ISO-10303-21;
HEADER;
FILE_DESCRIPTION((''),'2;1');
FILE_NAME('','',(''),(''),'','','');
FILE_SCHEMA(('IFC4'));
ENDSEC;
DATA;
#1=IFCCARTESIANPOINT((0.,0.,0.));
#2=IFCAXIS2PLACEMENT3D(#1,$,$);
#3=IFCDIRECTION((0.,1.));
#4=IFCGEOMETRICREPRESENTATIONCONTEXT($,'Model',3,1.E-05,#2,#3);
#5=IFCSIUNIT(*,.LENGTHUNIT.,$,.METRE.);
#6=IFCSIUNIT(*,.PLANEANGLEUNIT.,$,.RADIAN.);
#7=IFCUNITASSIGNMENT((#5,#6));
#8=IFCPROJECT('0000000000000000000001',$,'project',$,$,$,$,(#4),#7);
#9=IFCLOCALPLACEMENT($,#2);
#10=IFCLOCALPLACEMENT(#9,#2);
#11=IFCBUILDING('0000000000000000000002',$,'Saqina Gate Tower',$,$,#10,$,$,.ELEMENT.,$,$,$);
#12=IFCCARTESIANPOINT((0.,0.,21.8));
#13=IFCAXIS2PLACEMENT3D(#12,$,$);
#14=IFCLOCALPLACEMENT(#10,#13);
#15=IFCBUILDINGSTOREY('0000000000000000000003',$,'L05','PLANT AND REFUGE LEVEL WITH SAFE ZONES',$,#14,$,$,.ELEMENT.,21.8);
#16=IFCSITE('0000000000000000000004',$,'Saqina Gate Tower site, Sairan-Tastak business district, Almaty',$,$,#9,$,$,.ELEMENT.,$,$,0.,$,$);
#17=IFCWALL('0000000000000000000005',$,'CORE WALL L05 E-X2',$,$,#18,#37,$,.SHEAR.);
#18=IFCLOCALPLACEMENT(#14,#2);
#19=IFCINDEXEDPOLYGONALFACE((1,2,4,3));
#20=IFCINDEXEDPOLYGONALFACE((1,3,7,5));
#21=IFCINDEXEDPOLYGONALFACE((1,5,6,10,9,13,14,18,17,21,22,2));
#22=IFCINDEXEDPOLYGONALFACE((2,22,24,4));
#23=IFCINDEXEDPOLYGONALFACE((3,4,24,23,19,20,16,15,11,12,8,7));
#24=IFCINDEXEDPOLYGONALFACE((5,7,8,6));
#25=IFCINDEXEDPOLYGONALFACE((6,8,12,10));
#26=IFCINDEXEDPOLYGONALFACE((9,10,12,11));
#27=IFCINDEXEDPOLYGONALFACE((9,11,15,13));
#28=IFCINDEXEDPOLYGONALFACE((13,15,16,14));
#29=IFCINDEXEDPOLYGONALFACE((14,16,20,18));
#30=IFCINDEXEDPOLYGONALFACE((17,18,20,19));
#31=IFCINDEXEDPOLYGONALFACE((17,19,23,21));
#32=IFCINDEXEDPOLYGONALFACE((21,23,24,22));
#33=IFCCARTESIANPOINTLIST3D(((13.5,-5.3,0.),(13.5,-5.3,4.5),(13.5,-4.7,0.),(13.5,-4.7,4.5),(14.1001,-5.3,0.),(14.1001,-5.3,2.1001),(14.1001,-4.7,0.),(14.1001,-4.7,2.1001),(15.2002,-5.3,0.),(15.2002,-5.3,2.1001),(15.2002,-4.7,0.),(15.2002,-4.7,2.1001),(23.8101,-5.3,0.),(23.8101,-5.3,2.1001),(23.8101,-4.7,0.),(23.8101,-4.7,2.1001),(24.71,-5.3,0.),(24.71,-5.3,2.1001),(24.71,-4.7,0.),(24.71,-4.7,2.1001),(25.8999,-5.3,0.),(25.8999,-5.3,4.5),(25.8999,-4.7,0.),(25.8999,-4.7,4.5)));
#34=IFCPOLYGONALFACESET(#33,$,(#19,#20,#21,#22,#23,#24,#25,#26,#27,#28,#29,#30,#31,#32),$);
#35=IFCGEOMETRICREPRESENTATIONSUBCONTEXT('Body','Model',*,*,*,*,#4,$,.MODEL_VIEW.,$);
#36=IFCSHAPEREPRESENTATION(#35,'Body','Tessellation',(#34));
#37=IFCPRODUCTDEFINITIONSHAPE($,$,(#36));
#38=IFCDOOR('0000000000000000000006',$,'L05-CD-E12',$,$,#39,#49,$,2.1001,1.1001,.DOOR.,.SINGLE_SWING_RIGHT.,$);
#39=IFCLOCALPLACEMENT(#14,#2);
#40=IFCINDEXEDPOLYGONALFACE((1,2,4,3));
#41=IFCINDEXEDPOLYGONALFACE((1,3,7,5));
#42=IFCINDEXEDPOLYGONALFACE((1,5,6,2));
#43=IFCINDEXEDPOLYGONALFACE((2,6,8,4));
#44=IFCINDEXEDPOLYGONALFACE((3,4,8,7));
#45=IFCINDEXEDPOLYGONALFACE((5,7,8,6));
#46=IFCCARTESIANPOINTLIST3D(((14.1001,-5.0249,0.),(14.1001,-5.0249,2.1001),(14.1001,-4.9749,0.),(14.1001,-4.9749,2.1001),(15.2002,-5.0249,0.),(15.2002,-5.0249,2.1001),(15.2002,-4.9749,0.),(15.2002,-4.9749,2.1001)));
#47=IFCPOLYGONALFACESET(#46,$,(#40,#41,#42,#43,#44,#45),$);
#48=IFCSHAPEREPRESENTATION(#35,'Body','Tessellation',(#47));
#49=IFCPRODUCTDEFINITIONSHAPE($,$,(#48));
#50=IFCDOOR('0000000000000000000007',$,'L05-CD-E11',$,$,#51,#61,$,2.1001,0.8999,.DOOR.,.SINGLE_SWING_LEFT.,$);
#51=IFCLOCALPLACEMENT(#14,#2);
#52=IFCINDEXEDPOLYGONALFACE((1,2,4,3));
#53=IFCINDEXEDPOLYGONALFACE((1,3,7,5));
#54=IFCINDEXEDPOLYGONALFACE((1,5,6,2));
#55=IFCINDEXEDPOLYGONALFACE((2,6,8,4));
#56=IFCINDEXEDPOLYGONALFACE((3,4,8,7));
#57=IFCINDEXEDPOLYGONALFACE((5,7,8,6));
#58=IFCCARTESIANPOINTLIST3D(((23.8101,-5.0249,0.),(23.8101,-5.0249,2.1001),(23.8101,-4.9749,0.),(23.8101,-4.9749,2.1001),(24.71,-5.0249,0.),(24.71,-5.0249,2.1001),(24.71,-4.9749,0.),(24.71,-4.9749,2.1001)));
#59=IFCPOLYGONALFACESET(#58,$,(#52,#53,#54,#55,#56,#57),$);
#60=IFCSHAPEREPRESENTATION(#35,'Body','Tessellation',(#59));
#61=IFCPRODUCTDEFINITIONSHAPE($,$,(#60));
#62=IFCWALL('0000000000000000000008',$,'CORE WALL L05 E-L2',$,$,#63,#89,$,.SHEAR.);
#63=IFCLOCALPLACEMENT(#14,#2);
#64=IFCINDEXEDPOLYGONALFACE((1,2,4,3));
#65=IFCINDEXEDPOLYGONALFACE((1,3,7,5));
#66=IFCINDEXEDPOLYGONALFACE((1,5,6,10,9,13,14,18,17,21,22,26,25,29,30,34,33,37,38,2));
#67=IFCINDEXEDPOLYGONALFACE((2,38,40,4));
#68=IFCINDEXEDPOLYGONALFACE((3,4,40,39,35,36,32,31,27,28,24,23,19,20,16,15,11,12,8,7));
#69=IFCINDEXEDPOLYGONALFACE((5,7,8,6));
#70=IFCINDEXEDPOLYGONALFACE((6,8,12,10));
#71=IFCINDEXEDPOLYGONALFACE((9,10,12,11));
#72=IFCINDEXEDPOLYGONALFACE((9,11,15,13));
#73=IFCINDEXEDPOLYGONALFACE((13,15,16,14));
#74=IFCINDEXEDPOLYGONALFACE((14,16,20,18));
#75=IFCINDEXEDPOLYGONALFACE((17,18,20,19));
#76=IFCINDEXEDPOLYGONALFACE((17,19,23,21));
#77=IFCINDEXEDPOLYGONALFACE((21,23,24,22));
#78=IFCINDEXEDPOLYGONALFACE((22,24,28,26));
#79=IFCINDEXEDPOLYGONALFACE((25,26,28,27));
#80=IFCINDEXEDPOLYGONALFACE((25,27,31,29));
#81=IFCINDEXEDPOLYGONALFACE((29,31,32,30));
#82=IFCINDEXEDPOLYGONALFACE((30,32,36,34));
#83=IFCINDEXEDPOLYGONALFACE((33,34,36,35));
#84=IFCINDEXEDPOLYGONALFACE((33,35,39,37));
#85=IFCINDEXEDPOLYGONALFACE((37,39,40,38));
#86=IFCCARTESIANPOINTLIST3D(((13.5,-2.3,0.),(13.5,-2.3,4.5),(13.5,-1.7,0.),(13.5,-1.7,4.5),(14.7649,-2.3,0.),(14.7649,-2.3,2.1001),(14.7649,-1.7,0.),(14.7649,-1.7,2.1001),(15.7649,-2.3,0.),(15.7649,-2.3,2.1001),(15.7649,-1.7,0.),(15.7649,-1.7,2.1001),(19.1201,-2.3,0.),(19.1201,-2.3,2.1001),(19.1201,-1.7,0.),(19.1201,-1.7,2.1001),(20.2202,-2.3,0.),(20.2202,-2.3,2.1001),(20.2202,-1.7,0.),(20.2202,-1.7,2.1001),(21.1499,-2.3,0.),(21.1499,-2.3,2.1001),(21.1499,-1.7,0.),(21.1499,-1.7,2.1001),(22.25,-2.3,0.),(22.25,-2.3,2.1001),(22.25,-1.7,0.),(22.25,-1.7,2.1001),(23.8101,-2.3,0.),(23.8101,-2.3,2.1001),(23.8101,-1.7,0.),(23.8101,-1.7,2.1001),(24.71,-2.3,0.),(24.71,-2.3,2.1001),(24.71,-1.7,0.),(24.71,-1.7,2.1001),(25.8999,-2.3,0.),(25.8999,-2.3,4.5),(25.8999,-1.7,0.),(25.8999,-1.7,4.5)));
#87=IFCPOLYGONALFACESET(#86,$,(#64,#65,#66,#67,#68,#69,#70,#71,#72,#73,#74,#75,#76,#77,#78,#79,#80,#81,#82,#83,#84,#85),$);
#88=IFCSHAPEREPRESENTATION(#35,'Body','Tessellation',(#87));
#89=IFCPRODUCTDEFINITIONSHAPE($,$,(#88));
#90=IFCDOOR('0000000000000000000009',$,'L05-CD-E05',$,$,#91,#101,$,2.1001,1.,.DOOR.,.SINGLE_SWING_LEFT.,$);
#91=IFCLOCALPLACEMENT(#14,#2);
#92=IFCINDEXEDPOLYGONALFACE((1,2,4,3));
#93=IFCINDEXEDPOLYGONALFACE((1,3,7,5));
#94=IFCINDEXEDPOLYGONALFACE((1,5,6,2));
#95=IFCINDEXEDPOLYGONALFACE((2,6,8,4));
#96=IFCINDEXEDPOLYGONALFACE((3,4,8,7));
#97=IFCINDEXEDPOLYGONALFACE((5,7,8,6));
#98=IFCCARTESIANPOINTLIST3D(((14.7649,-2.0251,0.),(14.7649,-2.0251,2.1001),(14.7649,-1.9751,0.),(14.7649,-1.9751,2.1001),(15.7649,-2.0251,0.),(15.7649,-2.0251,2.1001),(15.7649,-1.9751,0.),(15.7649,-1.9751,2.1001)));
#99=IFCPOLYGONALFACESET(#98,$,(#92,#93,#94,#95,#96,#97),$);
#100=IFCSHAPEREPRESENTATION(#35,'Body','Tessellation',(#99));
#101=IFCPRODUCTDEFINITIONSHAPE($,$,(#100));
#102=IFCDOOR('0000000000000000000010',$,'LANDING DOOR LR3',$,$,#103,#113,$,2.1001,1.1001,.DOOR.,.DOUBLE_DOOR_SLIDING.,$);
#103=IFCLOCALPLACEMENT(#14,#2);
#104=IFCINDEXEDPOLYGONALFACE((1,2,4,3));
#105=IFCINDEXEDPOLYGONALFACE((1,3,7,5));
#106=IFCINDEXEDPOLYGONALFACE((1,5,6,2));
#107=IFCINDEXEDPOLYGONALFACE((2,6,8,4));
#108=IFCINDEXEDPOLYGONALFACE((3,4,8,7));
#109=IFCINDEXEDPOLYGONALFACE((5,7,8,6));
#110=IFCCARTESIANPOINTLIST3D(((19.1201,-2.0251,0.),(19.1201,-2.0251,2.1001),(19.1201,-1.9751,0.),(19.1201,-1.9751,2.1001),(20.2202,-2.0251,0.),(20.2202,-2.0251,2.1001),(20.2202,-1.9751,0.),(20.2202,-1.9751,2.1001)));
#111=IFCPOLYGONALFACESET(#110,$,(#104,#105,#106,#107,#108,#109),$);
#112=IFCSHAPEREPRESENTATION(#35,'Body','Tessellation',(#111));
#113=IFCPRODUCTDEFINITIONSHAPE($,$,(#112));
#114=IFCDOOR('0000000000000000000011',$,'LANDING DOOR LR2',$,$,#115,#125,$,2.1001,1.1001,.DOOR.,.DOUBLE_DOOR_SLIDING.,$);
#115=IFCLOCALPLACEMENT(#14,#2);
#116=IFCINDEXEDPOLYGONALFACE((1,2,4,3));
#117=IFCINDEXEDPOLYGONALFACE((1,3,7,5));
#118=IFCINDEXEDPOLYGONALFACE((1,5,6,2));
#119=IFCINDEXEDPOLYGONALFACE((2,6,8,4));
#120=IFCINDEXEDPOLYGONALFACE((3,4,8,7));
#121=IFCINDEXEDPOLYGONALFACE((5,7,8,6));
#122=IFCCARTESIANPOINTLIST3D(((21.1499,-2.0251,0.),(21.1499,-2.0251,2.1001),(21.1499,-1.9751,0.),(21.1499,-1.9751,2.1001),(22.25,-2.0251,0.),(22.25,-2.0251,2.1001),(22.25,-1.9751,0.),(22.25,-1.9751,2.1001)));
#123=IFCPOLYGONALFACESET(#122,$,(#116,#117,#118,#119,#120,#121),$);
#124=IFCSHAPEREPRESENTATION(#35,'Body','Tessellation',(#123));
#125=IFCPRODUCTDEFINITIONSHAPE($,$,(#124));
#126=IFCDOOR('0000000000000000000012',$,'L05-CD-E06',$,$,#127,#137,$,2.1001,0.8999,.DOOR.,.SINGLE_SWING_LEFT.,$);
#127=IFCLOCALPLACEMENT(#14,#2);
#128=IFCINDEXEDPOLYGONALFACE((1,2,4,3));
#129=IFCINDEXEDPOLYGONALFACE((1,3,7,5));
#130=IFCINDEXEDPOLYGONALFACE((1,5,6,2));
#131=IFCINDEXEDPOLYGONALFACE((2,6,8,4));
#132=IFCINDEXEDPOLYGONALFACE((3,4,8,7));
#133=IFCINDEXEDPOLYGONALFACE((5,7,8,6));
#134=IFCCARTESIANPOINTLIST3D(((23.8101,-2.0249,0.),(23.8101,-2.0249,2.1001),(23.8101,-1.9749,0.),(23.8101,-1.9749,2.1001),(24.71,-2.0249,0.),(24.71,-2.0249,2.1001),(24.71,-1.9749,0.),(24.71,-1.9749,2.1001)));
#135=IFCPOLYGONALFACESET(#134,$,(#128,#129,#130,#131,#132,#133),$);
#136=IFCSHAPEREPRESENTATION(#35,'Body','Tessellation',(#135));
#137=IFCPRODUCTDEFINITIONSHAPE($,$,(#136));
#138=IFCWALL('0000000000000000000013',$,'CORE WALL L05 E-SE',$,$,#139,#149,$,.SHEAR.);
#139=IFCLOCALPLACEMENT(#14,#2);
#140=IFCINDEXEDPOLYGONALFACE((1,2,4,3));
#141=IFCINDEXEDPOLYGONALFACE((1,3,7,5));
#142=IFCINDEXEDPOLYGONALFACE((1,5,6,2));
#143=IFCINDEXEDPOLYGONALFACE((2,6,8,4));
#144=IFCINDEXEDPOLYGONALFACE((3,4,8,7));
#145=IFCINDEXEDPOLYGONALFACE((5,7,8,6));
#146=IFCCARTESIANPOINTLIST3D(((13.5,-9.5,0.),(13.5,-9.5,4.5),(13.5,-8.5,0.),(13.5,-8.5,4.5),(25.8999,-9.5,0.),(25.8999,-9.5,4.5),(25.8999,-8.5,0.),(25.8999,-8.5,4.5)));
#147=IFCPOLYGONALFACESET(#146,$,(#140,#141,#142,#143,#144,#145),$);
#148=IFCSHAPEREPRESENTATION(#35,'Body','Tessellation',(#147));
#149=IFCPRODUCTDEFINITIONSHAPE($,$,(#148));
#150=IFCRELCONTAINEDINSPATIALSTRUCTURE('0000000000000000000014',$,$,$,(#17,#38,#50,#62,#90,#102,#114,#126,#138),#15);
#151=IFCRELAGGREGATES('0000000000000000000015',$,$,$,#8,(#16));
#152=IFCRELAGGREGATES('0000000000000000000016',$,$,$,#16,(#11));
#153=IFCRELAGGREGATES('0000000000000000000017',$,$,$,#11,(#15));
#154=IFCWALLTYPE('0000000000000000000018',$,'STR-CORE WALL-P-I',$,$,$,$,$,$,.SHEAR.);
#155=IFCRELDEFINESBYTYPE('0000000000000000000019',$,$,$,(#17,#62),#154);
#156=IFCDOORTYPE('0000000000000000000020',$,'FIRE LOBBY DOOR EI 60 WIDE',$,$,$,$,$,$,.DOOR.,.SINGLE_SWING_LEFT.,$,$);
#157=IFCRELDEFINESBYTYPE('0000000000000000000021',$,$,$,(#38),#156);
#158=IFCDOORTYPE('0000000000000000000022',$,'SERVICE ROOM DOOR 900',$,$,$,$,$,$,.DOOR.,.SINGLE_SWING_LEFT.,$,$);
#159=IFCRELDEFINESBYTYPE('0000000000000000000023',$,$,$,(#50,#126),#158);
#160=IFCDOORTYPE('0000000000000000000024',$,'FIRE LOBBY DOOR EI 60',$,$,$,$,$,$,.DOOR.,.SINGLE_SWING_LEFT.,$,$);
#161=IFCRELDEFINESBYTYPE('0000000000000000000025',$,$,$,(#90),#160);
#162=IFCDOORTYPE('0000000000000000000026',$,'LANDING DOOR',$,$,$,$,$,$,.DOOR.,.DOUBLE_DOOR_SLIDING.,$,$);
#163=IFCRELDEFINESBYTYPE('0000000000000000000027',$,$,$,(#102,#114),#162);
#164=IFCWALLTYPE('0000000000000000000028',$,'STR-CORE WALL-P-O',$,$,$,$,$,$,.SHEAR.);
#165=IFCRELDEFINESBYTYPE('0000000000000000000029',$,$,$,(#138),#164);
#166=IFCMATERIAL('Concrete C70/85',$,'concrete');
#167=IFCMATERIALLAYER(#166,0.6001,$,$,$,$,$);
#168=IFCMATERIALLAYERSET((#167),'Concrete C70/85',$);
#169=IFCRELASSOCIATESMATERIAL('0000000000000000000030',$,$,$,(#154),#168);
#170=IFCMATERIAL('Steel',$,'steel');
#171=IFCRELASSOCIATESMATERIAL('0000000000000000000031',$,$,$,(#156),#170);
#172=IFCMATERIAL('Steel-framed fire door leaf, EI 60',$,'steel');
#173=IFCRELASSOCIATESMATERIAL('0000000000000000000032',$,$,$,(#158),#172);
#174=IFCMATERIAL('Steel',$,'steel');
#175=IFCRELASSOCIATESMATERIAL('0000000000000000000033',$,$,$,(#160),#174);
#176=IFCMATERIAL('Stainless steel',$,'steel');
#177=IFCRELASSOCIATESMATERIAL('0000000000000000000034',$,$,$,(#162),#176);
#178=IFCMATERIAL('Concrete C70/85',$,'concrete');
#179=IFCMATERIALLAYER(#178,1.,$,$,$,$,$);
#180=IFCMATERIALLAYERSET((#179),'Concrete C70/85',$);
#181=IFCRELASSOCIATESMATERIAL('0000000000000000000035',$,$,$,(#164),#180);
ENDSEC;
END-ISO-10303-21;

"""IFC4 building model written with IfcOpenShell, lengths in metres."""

from ifc_helpers import new_model, si_unit, direction, frame, frame_2d, origin, place, context, subcontext, project, spatial, rectangle, extrude, material, layer, layer_set, type_object, element, fill, save


model = new_model("IFC4")

# Units and contexts
model_context = context("Model", 3, precision=1e-05, world=origin(), true_north=direction((0.0, 1.0)))
body_context = subcontext(model_context, "Body", "Model", "MODEL_VIEW")
ifc_project = project(units=[si_unit("LENGTHUNIT", "METRE"), si_unit("PLANEANGLEUNIT", "RADIAN")], contexts=[model_context])

# Site, building, storey
site_placement = place(None, origin())
site = spatial("IfcSite", under=ifc_project, at=site_placement, Name="Saqina Gate Tower site, Sairan-Tastak business district, Almaty", CompositionType="ELEMENT", RefElevation=0.0)
building_placement = place(site_placement, origin())
building = spatial("IfcBuilding", under=site, at=building_placement, Name="Saqina Gate Tower", CompositionType="ELEMENT")
storey_placement = place(building_placement, frame((0.0, 0.0, 21.8)))
storey = spatial("IfcBuildingStorey", under=building, at=storey_placement, Name="L05", Description="PLANT AND REFUGE LEVEL WITH SAFE ZONES", CompositionType="ELEMENT", Elevation=21.8)

# Walls, openings, doors
ifc_material_1 = material(Name="Concrete C70/85", Category="concrete")
ifc_layer_1 = layer(ifc_material_1, 0.6001)
ifc_layer_set_1 = layer_set([ifc_layer_1], Name="Concrete C70/85")
wall_type_1 = type_object("IfcWallType", Name="STR-CORE WALL-P-I", PredefinedType="SHEAR", material=ifc_layer_set_1)
wall_1_placement = place(storey_placement, frame((13.5, -5.0, 0.0), z_axis=(0.0, 0.0, 1.0), x_axis=(1.0, 0.0, 0.0)))
wall_1 = element("IfcWall", 1, at=wall_1_placement, inside=storey, type_object=wall_type_1, Name="CORE WALL L05 E-X2", PredefinedType="SHEAR", context=body_context, shape_type="SweptSolid", body=[
    extrude(rectangle(XDim=12.3999, YDim=0.6001, at=frame_2d((6.2, 0.0))), origin(), (0.0, 0.0, 1.0), 4.5),
])
opening_1_placement = place(wall_1_placement, frame((10.3101, 0.0, 0.0)))
opening_1 = element("IfcOpeningElement", 2, at=opening_1_placement, cuts=wall_1, PredefinedType="OPENING", context=body_context, shape_type="SweptSolid", body=[
    extrude(rectangle(XDim=0.8999, YDim=2.1001, at=frame_2d((0.45, 1.05))), frame((0.0, 0.312, 0.0), z_axis=(0.0, -1.0, 0.0), x_axis=(1.0, 0.0, 0.0)), (0.0, 0.0, 1.0), 0.624),
])
opening_2_placement = place(wall_1_placement, frame((0.6001, 0.0, 0.0)))
opening_2 = element("IfcOpeningElement", 3, at=opening_2_placement, cuts=wall_1, PredefinedType="OPENING", context=body_context, shape_type="SweptSolid", body=[
    extrude(rectangle(XDim=1.1001, YDim=2.1001, at=frame_2d((0.55, 1.05))), frame((0.0, 0.312, 0.0), z_axis=(0.0, -1.0, 0.0), x_axis=(1.0, 0.0, 0.0)), (0.0, 0.0, 1.0), 0.624),
])
ifc_material_2 = material(Name="Steel", Category="steel")
door_type_1 = type_object("IfcDoorType", Name="FIRE LOBBY DOOR EI 60 WIDE", OperationType="SINGLE_SWING_LEFT", PredefinedType="DOOR", material=ifc_material_2)
door_1_placement = place(opening_2_placement, frame((1.1001, 0.0, 0.0), z_axis=(0.0, 0.0, 1.0), x_axis=(-1.0, 0.0, 0.0)))
door_1 = element("IfcDoor", 4, at=door_1_placement, inside=storey, type_object=door_type_1, Name="L05-CD-E12", OperationType="SINGLE_SWING_RIGHT", OverallHeight=2.1001, OverallWidth=1.1001, PredefinedType="DOOR", context=body_context, shape_type="SweptSolid", body=[
    extrude(rectangle(XDim=1.1001, YDim=2.1001, at=frame_2d((0.55, 1.05))), frame((0.0, 0.0249, 0.0), z_axis=(0.0, -1.0, 0.0), x_axis=(1.0, 0.0, 0.0)), (0.0, 0.0, 1.0), 0.05),
])
fill(opening_2, door_1)
ifc_material_3 = material(Name="Steel-framed fire door leaf, EI 60", Category="steel")
door_type_2 = type_object("IfcDoorType", Name="SERVICE ROOM DOOR 900", OperationType="SINGLE_SWING_LEFT", PredefinedType="DOOR", material=ifc_material_3)
door_2_placement = place(opening_1_placement, frame((0.8999, 0.0, 0.0), z_axis=(0.0, 0.0, 1.0), x_axis=(-1.0, 0.0, 0.0)))
door_2 = element("IfcDoor", 5, at=door_2_placement, inside=storey, type_object=door_type_2, Name="L05-CD-E11", OperationType="SINGLE_SWING_LEFT", OverallHeight=2.1001, OverallWidth=0.8999, PredefinedType="DOOR", context=body_context, shape_type="SweptSolid", body=[
    extrude(rectangle(XDim=0.8999, YDim=2.1001, at=frame_2d((0.45, 1.05))), frame((0.0, 0.0249, 0.0), z_axis=(0.0, -1.0, 0.0), x_axis=(1.0, 0.0, 0.0)), (0.0, 0.0, 1.0), 0.05),
])
fill(opening_1, door_2)
wall_2_placement = place(storey_placement, frame((13.5, -2.0, 0.0), z_axis=(0.0, 0.0, 1.0), x_axis=(1.0, 0.0, 0.0)))
wall_2 = element("IfcWall", 6, at=wall_2_placement, inside=storey, type_object=wall_type_1, Name="CORE WALL L05 E-L2", PredefinedType="SHEAR", context=body_context, shape_type="SweptSolid", body=[
    extrude(rectangle(XDim=12.3999, YDim=0.6001, at=frame_2d((6.2, 0.0))), origin(), (0.0, 0.0, 1.0), 4.5),
])
opening_3_placement = place(wall_2_placement, frame((5.6201, 0.0, 0.0)))
opening_3 = element("IfcOpeningElement", 7, at=opening_3_placement, cuts=wall_2, PredefinedType="OPENING", context=body_context, shape_type="SweptSolid", body=[
    extrude(rectangle(XDim=1.1001, YDim=2.1001, at=frame_2d((0.55, 1.05))), frame((0.0, 0.312, 0.0), z_axis=(0.0, -1.0, 0.0), x_axis=(1.0, 0.0, 0.0)), (0.0, 0.0, 1.0), 0.624),
])
opening_4_placement = place(wall_2_placement, frame((7.6499, 0.0, 0.0)))
opening_4 = element("IfcOpeningElement", 8, at=opening_4_placement, cuts=wall_2, PredefinedType="OPENING", context=body_context, shape_type="SweptSolid", body=[
    extrude(rectangle(XDim=1.1001, YDim=2.1001, at=frame_2d((0.55, 1.05))), frame((0.0, 0.312, 0.0), z_axis=(0.0, -1.0, 0.0), x_axis=(1.0, 0.0, 0.0)), (0.0, 0.0, 1.0), 0.624),
])
opening_5_placement = place(wall_2_placement, frame((1.2649, 0.0, 0.0)))
opening_5 = element("IfcOpeningElement", 9, at=opening_5_placement, cuts=wall_2, PredefinedType="OPENING", context=body_context, shape_type="SweptSolid", body=[
    extrude(rectangle(XDim=1.0, YDim=2.1001, at=frame_2d((0.5, 1.05))), frame((0.0, 0.312, 0.0), z_axis=(0.0, -1.0, 0.0), x_axis=(1.0, 0.0, 0.0)), (0.0, 0.0, 1.0), 0.624),
])
opening_6_placement = place(wall_2_placement, frame((10.3101, 0.0, 0.0)))
opening_6 = element("IfcOpeningElement", 10, at=opening_6_placement, cuts=wall_2, PredefinedType="OPENING", context=body_context, shape_type="SweptSolid", body=[
    extrude(rectangle(XDim=0.8999, YDim=2.1001, at=frame_2d((0.45, 1.05))), frame((0.0, 0.312, 0.0), z_axis=(0.0, -1.0, 0.0), x_axis=(1.0, 0.0, 0.0)), (0.0, 0.0, 1.0), 0.624),
])
ifc_material_4 = material(Name="Steel", Category="steel")
door_type_3 = type_object("IfcDoorType", Name="FIRE LOBBY DOOR EI 60", OperationType="SINGLE_SWING_LEFT", PredefinedType="DOOR", material=ifc_material_4)
door_3_placement = place(opening_5_placement, origin())
door_3 = element("IfcDoor", 11, at=door_3_placement, inside=storey, type_object=door_type_3, Name="L05-CD-E05", OperationType="SINGLE_SWING_LEFT", OverallHeight=2.1001, OverallWidth=1.0, PredefinedType="DOOR", context=body_context, shape_type="SweptSolid", body=[
    extrude(rectangle(XDim=1.0, YDim=2.1001, at=frame_2d((0.5, 1.05))), frame((0.0, 0.0249, 0.0), z_axis=(0.0, -1.0, 0.0), x_axis=(1.0, 0.0, 0.0)), (0.0, 0.0, 1.0), 0.05),
])
fill(opening_5, door_3)
ifc_material_5 = material(Name="Stainless steel", Category="steel")
door_type_4 = type_object("IfcDoorType", Name="LANDING DOOR", OperationType="DOUBLE_DOOR_SLIDING", PredefinedType="DOOR", material=ifc_material_5)
door_4_placement = place(opening_3_placement, origin())
door_4 = element("IfcDoor", 12, at=door_4_placement, inside=storey, type_object=door_type_4, Name="LANDING DOOR LR3", OperationType="DOUBLE_DOOR_SLIDING", OverallHeight=2.1001, OverallWidth=1.1001, PredefinedType="DOOR", context=body_context, shape_type="SweptSolid", body=[
    extrude(rectangle(XDim=1.1001, YDim=2.1001, at=frame_2d((0.55, 1.05))), frame((0.0, 0.0249, 0.0), z_axis=(0.0, -1.0, 0.0), x_axis=(1.0, 0.0, 0.0)), (0.0, 0.0, 1.0), 0.05),
])
fill(opening_3, door_4)
door_5_placement = place(opening_4_placement, origin())
door_5 = element("IfcDoor", 13, at=door_5_placement, inside=storey, type_object=door_type_4, Name="LANDING DOOR LR2", OperationType="DOUBLE_DOOR_SLIDING", OverallHeight=2.1001, OverallWidth=1.1001, PredefinedType="DOOR", context=body_context, shape_type="SweptSolid", body=[
    extrude(rectangle(XDim=1.1001, YDim=2.1001, at=frame_2d((0.55, 1.05))), frame((0.0, 0.0249, 0.0), z_axis=(0.0, -1.0, 0.0), x_axis=(1.0, 0.0, 0.0)), (0.0, 0.0, 1.0), 0.05),
])
fill(opening_4, door_5)
door_6_placement = place(opening_6_placement, frame((0.8999, 0.0, 0.0), z_axis=(0.0, 0.0, 1.0), x_axis=(-1.0, 0.0, 0.0)))
door_6 = element("IfcDoor", 14, at=door_6_placement, inside=storey, type_object=door_type_2, Name="L05-CD-E06", OperationType="SINGLE_SWING_LEFT", OverallHeight=2.1001, OverallWidth=0.8999, PredefinedType="DOOR", context=body_context, shape_type="SweptSolid", body=[
    extrude(rectangle(XDim=0.8999, YDim=2.1001, at=frame_2d((0.45, 1.05))), frame((0.0, 0.0249, 0.0), z_axis=(0.0, -1.0, 0.0), x_axis=(1.0, 0.0, 0.0)), (0.0, 0.0, 1.0), 0.05),
])
fill(opening_6, door_6)
ifc_material_6 = material(Name="Concrete C70/85", Category="concrete")
ifc_layer_2 = layer(ifc_material_6, 1.0)
ifc_layer_set_2 = layer_set([ifc_layer_2], Name="Concrete C70/85")
wall_type_2 = type_object("IfcWallType", Name="STR-CORE WALL-P-O", PredefinedType="SHEAR", material=ifc_layer_set_2)

# Wall
wall_3_placement = place(storey_placement, frame((13.5, -9.0, 0.0), z_axis=(0.0, 0.0, 1.0), x_axis=(1.0, 0.0, 0.0)))
element("IfcWall", 15, at=wall_3_placement, inside=storey, type_object=wall_type_2, Name="CORE WALL L05 E-SE", PredefinedType="SHEAR", context=body_context, shape_type="SweptSolid", body=[
    extrude(rectangle(XDim=12.3999, YDim=1.0, at=frame_2d((6.2, 0.0))), origin(), (0.0, 0.0, 1.0), 4.5),
])

save(model, "model.ifc")
